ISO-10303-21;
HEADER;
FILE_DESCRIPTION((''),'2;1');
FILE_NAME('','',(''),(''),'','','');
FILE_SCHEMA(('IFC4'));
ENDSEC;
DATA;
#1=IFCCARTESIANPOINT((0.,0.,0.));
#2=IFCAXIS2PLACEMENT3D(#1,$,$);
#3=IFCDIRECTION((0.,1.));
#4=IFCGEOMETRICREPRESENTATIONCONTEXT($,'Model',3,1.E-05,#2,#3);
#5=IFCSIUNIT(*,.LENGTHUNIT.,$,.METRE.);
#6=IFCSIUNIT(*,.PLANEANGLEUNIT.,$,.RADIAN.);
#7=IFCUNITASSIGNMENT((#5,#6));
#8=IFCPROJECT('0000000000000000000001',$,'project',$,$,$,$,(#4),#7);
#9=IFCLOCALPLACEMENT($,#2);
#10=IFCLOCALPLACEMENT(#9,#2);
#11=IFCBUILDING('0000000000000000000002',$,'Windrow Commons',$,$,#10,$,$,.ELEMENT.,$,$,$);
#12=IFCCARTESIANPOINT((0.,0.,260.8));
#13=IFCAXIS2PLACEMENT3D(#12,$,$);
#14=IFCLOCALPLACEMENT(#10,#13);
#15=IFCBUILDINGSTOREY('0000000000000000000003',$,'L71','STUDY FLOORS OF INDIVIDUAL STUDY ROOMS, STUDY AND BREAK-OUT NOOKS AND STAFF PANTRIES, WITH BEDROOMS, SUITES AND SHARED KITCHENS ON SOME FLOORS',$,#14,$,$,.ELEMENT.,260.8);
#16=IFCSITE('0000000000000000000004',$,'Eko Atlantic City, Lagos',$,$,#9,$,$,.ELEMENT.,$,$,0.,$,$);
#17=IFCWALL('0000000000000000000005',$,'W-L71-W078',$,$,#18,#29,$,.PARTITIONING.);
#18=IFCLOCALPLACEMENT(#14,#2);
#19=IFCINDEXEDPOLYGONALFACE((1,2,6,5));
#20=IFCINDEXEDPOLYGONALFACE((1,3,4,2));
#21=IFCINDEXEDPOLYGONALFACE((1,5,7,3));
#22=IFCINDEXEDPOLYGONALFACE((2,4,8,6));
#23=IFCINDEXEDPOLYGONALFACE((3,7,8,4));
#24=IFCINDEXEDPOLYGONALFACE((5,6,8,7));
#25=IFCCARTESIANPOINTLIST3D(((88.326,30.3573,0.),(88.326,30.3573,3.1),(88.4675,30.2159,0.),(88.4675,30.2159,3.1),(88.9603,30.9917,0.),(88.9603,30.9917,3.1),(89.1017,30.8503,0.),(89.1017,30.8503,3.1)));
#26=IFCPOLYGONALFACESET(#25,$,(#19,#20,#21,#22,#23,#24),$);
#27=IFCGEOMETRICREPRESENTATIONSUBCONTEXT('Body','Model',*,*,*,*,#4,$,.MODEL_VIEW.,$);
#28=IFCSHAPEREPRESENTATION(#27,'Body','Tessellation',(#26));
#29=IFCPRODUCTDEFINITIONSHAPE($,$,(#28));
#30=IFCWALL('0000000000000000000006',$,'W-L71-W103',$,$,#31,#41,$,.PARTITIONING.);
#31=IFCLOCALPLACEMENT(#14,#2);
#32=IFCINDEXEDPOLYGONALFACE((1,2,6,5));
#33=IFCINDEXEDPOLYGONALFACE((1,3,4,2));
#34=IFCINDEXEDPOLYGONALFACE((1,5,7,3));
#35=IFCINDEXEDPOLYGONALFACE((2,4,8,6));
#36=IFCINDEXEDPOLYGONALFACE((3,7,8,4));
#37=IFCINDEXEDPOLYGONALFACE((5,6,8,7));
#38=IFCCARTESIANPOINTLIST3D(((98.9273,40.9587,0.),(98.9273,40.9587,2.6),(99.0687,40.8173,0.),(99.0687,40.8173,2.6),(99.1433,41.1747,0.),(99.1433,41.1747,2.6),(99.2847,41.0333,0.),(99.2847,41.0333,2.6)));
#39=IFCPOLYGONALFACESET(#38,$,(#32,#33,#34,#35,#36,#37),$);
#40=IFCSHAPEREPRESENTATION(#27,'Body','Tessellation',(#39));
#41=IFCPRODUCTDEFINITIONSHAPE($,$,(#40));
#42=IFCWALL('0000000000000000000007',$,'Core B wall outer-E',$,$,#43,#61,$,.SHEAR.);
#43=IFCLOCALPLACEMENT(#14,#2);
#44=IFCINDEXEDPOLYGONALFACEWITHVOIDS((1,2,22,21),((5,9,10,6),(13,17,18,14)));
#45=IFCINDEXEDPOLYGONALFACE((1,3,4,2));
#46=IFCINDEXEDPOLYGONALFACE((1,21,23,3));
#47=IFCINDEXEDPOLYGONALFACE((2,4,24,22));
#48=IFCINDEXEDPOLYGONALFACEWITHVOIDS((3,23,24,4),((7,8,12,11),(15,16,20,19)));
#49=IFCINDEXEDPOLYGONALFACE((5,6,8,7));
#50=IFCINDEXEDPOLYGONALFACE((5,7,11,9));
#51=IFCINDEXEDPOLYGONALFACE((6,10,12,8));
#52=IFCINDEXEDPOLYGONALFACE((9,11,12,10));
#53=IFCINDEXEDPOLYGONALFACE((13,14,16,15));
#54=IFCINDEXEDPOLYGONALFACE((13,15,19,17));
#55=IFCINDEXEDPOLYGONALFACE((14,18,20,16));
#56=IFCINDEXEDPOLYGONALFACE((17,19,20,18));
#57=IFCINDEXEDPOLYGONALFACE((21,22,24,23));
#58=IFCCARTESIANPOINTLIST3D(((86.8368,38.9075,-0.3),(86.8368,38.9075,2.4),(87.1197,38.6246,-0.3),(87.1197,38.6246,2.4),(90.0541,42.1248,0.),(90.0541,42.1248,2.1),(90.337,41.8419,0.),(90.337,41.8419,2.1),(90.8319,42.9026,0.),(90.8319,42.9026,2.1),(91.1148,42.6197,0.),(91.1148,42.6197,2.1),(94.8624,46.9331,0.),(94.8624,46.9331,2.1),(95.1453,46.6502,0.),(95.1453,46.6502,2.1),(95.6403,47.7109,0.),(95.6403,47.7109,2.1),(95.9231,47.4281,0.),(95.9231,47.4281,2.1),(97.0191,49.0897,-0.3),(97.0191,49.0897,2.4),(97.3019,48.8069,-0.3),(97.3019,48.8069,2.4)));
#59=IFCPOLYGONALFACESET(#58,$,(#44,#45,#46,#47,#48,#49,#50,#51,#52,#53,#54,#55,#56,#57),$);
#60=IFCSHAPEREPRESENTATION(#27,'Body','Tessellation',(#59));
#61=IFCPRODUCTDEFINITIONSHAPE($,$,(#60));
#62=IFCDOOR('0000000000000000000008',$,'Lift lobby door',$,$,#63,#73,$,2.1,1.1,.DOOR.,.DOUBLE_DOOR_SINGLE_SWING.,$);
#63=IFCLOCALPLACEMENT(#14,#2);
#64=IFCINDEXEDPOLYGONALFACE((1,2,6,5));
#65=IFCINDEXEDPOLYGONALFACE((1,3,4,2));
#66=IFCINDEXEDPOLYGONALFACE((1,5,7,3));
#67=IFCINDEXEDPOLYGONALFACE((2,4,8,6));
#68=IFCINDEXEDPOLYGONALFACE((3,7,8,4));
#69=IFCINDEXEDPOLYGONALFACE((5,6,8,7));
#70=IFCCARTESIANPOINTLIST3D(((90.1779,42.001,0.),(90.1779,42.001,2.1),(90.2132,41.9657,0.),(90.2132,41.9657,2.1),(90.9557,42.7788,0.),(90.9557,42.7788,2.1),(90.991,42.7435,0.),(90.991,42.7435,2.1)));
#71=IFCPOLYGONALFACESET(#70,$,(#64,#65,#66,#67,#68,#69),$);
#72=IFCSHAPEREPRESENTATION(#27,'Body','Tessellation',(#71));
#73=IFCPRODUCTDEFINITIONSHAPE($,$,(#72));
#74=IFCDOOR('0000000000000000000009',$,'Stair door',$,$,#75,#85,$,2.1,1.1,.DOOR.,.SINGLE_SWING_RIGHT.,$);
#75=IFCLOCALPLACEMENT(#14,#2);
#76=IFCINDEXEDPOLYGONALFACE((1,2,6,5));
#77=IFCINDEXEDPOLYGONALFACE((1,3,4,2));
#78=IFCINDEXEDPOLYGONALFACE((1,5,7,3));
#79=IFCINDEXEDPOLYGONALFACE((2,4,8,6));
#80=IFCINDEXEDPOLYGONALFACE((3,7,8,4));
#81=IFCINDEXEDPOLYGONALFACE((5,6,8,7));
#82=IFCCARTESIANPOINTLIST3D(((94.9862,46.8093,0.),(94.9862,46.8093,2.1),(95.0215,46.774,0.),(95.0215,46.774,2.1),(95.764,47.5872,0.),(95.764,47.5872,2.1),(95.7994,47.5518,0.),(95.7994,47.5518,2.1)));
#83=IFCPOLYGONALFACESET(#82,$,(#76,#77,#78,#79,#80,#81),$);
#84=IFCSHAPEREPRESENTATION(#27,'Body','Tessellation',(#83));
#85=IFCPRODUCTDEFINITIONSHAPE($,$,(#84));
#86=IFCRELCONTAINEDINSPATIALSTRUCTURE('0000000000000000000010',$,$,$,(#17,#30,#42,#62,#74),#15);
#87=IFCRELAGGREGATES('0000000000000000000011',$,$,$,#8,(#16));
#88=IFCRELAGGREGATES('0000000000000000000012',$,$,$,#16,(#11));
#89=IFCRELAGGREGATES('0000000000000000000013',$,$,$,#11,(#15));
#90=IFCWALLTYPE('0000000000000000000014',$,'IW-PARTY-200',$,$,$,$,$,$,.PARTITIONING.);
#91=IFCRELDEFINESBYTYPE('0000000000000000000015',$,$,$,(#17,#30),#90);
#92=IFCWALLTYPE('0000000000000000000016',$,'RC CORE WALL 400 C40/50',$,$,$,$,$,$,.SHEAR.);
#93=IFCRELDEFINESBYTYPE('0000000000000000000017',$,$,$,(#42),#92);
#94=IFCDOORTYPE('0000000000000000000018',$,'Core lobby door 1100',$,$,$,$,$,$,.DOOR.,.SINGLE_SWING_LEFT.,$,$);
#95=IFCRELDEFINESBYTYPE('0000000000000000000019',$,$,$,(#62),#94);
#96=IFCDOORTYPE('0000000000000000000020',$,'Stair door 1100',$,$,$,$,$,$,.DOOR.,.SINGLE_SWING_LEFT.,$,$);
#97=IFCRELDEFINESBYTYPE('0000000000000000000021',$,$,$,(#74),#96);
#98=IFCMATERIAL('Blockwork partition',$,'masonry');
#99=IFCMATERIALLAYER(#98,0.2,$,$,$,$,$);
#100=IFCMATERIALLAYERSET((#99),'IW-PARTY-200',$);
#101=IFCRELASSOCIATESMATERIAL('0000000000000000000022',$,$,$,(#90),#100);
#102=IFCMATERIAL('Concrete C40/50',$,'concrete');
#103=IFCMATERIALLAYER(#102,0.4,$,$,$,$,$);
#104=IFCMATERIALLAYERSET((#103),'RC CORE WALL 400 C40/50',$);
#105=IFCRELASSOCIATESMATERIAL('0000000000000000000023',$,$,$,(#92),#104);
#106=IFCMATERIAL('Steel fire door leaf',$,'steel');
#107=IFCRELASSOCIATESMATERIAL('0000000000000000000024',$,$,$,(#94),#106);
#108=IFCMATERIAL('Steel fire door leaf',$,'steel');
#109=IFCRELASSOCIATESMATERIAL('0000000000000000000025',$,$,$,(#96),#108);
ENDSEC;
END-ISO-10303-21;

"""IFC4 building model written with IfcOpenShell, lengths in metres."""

from ifc_helpers import new_model, si_unit, direction, frame, frame_2d, origin, place, context, subcontext, project, spatial, rectangle, extrude, material, layer, layer_set, type_object, element, fill, save


model = new_model("IFC4")

# Units and contexts
model_context = context("Model", 3, precision=1e-05, world=origin(), true_north=direction((0.0, 1.0)))
body_context = subcontext(model_context, "Body", "Model", "MODEL_VIEW")
ifc_project = project(units=[si_unit("LENGTHUNIT", "METRE"), si_unit("PLANEANGLEUNIT", "RADIAN")], contexts=[model_context])

# Site, building, storey
site_placement = place(None, origin())
site = spatial("IfcSite", under=ifc_project, at=site_placement, Name="Eko Atlantic City, Lagos", CompositionType="ELEMENT", RefElevation=0.0)
building_placement = place(site_placement, origin())
building = spatial("IfcBuilding", under=site, at=building_placement, Name="Windrow Commons", CompositionType="ELEMENT")
storey_placement = place(building_placement, frame((0.0, 0.0, 260.8)))
storey = spatial("IfcBuildingStorey", under=building, at=storey_placement, Name="L71", Description="STUDY FLOORS OF INDIVIDUAL STUDY ROOMS, STUDY AND BREAK-OUT NOOKS AND STAFF PANTRIES, WITH BEDROOMS, SUITES AND SHARED KITCHENS ON SOME FLOORS", CompositionType="ELEMENT", Elevation=260.8)

# Walls
ifc_material_1 = material(Name="Blockwork partition", Category="masonry")
ifc_layer_1 = layer(ifc_material_1, 0.2)
ifc_layer_set_1 = layer_set([ifc_layer_1], Name="IW-PARTY-200")
wall_type_1 = type_object("IfcWallType", Name="IW-PARTY-200", PredefinedType="PARTITIONING", material=ifc_layer_set_1)
wall_1_placement = place(storey_placement, frame((88.3967, 30.2866, 0.0), z_axis=(0.0, 0.0, 1.0), x_axis=(0.707051, 0.707163, 0.0)))
element("IfcWall", 1, at=wall_1_placement, inside=storey, type_object=wall_type_1, Name="W-L71-W078", PredefinedType="PARTITIONING", context=body_context, shape_type="SweptSolid", body=[
    extrude(rectangle(XDim=0.8971, YDim=0.2, at=frame_2d((0.4486, 0.0))), origin(), (0.0, 0.0, 1.0), 3.1),
])
wall_2_placement = place(storey_placement, frame((98.998, 40.888, 0.0), z_axis=(0.0, 0.0, 1.0), x_axis=(0.707107, 0.707107, 0.0)))
element("IfcWall", 2, at=wall_2_placement, inside=storey, type_object=wall_type_1, Name="W-L71-W103", PredefinedType="PARTITIONING", context=body_context, shape_type="SweptSolid", body=[
    extrude(rectangle(XDim=0.3055, YDim=0.2, at=frame_2d((0.1527, 0.0))), origin(), (0.0, 0.0, 1.0), 2.6),
])

# Wall, openings, doors
ifc_material_2 = material(Name="Concrete C40/50", Category="concrete")
ifc_layer_2 = layer(ifc_material_2, 0.4)
ifc_layer_set_2 = layer_set([ifc_layer_2], Name="RC CORE WALL 400 C40/50")
wall_type_2 = type_object("IfcWallType", Name="RC CORE WALL 400 C40/50", PredefinedType="SHEAR", material=ifc_layer_set_2)
wall_3_placement = place(storey_placement, frame((86.9782, 38.766, -0.3), z_axis=(0.0, 0.0, 1.0), x_axis=(0.707107, 0.707107, 0.0)))
wall_3 = element("IfcWall", 3, at=wall_3_placement, inside=storey, type_object=wall_type_2, Name="Core B wall outer-E", PredefinedType="SHEAR", context=body_context, shape_type="SweptSolid", body=[
    extrude(rectangle(XDim=14.3999, YDim=0.4, at=frame_2d((7.2, 0.0))), origin(), (0.0, 0.0, 1.0), 2.7),
])
opening_1_placement = place(wall_3_placement, frame((4.55, 0.0, 0.3)))
opening_1 = element("IfcOpeningElement", 4, at=opening_1_placement, cuts=wall_3, PredefinedType="OPENING", context=body_context, shape_type="SweptSolid", body=[
    extrude(rectangle(XDim=1.1, YDim=2.1, at=frame_2d((0.55, 1.05))), frame((0.0, 0.21, 0.0), z_axis=(0.0, -1.0, 0.0), x_axis=(1.0, 0.0, 0.0)), (0.0, 0.0, 1.0), 0.42),
])
opening_2_placement = place(wall_3_placement, frame((11.35, 0.0, 0.3)))
opening_2 = element("IfcOpeningElement", 5, at=opening_2_placement, cuts=wall_3, PredefinedType="OPENING", context=body_context, shape_type="SweptSolid", body=[
    extrude(rectangle(XDim=1.1, YDim=2.1, at=frame_2d((0.55, 1.05))), frame((0.0, 0.21, 0.0), z_axis=(0.0, -1.0, 0.0), x_axis=(1.0, 0.0, 0.0)), (0.0, 0.0, 1.0), 0.42),
])
ifc_material_3 = material(Name="Steel fire door leaf", Category="steel")
door_type_1 = type_object("IfcDoorType", Name="Core lobby door 1100", OperationType="SINGLE_SWING_LEFT", PredefinedType="DOOR", material=ifc_material_3)
door_1_placement = place(opening_1_placement, origin())
door_1 = element("IfcDoor", 6, at=door_1_placement, inside=storey, type_object=door_type_1, Name="Lift lobby door", OperationType="DOUBLE_DOOR_SINGLE_SWING", OverallHeight=2.1, OverallWidth=1.1, PredefinedType="DOOR", context=body_context, shape_type="SweptSolid", body=[
    extrude(rectangle(XDim=1.1, YDim=2.1, at=frame_2d((0.55, 1.05))), frame((0.0, 0.025, 0.0), z_axis=(0.0, -1.0, 0.0), x_axis=(1.0, 0.0, 0.0)), (0.0, 0.0, 1.0), 0.05),
])
fill(opening_1, door_1)
ifc_material_4 = material(Name="Steel fire door leaf", Category="steel")
door_type_2 = type_object("IfcDoorType", Name="Stair door 1100", OperationType="SINGLE_SWING_LEFT", PredefinedType="DOOR", material=ifc_material_4)
door_2_placement = place(opening_2_placement, origin())
door_2 = element("IfcDoor", 7, at=door_2_placement, inside=storey, type_object=door_type_2, Name="Stair door", OperationType="SINGLE_SWING_RIGHT", OverallHeight=2.1, OverallWidth=1.1, PredefinedType="DOOR", context=body_context, shape_type="SweptSolid", body=[
    extrude(rectangle(XDim=1.1, YDim=2.1, at=frame_2d((0.55, 1.05))), frame((0.0, 0.025, 0.0), z_axis=(0.0, -1.0, 0.0), x_axis=(1.0, 0.0, 0.0)), (0.0, 0.0, 1.0), 0.05),
])
fill(opening_2, door_2)

save(model, "model.ifc")
